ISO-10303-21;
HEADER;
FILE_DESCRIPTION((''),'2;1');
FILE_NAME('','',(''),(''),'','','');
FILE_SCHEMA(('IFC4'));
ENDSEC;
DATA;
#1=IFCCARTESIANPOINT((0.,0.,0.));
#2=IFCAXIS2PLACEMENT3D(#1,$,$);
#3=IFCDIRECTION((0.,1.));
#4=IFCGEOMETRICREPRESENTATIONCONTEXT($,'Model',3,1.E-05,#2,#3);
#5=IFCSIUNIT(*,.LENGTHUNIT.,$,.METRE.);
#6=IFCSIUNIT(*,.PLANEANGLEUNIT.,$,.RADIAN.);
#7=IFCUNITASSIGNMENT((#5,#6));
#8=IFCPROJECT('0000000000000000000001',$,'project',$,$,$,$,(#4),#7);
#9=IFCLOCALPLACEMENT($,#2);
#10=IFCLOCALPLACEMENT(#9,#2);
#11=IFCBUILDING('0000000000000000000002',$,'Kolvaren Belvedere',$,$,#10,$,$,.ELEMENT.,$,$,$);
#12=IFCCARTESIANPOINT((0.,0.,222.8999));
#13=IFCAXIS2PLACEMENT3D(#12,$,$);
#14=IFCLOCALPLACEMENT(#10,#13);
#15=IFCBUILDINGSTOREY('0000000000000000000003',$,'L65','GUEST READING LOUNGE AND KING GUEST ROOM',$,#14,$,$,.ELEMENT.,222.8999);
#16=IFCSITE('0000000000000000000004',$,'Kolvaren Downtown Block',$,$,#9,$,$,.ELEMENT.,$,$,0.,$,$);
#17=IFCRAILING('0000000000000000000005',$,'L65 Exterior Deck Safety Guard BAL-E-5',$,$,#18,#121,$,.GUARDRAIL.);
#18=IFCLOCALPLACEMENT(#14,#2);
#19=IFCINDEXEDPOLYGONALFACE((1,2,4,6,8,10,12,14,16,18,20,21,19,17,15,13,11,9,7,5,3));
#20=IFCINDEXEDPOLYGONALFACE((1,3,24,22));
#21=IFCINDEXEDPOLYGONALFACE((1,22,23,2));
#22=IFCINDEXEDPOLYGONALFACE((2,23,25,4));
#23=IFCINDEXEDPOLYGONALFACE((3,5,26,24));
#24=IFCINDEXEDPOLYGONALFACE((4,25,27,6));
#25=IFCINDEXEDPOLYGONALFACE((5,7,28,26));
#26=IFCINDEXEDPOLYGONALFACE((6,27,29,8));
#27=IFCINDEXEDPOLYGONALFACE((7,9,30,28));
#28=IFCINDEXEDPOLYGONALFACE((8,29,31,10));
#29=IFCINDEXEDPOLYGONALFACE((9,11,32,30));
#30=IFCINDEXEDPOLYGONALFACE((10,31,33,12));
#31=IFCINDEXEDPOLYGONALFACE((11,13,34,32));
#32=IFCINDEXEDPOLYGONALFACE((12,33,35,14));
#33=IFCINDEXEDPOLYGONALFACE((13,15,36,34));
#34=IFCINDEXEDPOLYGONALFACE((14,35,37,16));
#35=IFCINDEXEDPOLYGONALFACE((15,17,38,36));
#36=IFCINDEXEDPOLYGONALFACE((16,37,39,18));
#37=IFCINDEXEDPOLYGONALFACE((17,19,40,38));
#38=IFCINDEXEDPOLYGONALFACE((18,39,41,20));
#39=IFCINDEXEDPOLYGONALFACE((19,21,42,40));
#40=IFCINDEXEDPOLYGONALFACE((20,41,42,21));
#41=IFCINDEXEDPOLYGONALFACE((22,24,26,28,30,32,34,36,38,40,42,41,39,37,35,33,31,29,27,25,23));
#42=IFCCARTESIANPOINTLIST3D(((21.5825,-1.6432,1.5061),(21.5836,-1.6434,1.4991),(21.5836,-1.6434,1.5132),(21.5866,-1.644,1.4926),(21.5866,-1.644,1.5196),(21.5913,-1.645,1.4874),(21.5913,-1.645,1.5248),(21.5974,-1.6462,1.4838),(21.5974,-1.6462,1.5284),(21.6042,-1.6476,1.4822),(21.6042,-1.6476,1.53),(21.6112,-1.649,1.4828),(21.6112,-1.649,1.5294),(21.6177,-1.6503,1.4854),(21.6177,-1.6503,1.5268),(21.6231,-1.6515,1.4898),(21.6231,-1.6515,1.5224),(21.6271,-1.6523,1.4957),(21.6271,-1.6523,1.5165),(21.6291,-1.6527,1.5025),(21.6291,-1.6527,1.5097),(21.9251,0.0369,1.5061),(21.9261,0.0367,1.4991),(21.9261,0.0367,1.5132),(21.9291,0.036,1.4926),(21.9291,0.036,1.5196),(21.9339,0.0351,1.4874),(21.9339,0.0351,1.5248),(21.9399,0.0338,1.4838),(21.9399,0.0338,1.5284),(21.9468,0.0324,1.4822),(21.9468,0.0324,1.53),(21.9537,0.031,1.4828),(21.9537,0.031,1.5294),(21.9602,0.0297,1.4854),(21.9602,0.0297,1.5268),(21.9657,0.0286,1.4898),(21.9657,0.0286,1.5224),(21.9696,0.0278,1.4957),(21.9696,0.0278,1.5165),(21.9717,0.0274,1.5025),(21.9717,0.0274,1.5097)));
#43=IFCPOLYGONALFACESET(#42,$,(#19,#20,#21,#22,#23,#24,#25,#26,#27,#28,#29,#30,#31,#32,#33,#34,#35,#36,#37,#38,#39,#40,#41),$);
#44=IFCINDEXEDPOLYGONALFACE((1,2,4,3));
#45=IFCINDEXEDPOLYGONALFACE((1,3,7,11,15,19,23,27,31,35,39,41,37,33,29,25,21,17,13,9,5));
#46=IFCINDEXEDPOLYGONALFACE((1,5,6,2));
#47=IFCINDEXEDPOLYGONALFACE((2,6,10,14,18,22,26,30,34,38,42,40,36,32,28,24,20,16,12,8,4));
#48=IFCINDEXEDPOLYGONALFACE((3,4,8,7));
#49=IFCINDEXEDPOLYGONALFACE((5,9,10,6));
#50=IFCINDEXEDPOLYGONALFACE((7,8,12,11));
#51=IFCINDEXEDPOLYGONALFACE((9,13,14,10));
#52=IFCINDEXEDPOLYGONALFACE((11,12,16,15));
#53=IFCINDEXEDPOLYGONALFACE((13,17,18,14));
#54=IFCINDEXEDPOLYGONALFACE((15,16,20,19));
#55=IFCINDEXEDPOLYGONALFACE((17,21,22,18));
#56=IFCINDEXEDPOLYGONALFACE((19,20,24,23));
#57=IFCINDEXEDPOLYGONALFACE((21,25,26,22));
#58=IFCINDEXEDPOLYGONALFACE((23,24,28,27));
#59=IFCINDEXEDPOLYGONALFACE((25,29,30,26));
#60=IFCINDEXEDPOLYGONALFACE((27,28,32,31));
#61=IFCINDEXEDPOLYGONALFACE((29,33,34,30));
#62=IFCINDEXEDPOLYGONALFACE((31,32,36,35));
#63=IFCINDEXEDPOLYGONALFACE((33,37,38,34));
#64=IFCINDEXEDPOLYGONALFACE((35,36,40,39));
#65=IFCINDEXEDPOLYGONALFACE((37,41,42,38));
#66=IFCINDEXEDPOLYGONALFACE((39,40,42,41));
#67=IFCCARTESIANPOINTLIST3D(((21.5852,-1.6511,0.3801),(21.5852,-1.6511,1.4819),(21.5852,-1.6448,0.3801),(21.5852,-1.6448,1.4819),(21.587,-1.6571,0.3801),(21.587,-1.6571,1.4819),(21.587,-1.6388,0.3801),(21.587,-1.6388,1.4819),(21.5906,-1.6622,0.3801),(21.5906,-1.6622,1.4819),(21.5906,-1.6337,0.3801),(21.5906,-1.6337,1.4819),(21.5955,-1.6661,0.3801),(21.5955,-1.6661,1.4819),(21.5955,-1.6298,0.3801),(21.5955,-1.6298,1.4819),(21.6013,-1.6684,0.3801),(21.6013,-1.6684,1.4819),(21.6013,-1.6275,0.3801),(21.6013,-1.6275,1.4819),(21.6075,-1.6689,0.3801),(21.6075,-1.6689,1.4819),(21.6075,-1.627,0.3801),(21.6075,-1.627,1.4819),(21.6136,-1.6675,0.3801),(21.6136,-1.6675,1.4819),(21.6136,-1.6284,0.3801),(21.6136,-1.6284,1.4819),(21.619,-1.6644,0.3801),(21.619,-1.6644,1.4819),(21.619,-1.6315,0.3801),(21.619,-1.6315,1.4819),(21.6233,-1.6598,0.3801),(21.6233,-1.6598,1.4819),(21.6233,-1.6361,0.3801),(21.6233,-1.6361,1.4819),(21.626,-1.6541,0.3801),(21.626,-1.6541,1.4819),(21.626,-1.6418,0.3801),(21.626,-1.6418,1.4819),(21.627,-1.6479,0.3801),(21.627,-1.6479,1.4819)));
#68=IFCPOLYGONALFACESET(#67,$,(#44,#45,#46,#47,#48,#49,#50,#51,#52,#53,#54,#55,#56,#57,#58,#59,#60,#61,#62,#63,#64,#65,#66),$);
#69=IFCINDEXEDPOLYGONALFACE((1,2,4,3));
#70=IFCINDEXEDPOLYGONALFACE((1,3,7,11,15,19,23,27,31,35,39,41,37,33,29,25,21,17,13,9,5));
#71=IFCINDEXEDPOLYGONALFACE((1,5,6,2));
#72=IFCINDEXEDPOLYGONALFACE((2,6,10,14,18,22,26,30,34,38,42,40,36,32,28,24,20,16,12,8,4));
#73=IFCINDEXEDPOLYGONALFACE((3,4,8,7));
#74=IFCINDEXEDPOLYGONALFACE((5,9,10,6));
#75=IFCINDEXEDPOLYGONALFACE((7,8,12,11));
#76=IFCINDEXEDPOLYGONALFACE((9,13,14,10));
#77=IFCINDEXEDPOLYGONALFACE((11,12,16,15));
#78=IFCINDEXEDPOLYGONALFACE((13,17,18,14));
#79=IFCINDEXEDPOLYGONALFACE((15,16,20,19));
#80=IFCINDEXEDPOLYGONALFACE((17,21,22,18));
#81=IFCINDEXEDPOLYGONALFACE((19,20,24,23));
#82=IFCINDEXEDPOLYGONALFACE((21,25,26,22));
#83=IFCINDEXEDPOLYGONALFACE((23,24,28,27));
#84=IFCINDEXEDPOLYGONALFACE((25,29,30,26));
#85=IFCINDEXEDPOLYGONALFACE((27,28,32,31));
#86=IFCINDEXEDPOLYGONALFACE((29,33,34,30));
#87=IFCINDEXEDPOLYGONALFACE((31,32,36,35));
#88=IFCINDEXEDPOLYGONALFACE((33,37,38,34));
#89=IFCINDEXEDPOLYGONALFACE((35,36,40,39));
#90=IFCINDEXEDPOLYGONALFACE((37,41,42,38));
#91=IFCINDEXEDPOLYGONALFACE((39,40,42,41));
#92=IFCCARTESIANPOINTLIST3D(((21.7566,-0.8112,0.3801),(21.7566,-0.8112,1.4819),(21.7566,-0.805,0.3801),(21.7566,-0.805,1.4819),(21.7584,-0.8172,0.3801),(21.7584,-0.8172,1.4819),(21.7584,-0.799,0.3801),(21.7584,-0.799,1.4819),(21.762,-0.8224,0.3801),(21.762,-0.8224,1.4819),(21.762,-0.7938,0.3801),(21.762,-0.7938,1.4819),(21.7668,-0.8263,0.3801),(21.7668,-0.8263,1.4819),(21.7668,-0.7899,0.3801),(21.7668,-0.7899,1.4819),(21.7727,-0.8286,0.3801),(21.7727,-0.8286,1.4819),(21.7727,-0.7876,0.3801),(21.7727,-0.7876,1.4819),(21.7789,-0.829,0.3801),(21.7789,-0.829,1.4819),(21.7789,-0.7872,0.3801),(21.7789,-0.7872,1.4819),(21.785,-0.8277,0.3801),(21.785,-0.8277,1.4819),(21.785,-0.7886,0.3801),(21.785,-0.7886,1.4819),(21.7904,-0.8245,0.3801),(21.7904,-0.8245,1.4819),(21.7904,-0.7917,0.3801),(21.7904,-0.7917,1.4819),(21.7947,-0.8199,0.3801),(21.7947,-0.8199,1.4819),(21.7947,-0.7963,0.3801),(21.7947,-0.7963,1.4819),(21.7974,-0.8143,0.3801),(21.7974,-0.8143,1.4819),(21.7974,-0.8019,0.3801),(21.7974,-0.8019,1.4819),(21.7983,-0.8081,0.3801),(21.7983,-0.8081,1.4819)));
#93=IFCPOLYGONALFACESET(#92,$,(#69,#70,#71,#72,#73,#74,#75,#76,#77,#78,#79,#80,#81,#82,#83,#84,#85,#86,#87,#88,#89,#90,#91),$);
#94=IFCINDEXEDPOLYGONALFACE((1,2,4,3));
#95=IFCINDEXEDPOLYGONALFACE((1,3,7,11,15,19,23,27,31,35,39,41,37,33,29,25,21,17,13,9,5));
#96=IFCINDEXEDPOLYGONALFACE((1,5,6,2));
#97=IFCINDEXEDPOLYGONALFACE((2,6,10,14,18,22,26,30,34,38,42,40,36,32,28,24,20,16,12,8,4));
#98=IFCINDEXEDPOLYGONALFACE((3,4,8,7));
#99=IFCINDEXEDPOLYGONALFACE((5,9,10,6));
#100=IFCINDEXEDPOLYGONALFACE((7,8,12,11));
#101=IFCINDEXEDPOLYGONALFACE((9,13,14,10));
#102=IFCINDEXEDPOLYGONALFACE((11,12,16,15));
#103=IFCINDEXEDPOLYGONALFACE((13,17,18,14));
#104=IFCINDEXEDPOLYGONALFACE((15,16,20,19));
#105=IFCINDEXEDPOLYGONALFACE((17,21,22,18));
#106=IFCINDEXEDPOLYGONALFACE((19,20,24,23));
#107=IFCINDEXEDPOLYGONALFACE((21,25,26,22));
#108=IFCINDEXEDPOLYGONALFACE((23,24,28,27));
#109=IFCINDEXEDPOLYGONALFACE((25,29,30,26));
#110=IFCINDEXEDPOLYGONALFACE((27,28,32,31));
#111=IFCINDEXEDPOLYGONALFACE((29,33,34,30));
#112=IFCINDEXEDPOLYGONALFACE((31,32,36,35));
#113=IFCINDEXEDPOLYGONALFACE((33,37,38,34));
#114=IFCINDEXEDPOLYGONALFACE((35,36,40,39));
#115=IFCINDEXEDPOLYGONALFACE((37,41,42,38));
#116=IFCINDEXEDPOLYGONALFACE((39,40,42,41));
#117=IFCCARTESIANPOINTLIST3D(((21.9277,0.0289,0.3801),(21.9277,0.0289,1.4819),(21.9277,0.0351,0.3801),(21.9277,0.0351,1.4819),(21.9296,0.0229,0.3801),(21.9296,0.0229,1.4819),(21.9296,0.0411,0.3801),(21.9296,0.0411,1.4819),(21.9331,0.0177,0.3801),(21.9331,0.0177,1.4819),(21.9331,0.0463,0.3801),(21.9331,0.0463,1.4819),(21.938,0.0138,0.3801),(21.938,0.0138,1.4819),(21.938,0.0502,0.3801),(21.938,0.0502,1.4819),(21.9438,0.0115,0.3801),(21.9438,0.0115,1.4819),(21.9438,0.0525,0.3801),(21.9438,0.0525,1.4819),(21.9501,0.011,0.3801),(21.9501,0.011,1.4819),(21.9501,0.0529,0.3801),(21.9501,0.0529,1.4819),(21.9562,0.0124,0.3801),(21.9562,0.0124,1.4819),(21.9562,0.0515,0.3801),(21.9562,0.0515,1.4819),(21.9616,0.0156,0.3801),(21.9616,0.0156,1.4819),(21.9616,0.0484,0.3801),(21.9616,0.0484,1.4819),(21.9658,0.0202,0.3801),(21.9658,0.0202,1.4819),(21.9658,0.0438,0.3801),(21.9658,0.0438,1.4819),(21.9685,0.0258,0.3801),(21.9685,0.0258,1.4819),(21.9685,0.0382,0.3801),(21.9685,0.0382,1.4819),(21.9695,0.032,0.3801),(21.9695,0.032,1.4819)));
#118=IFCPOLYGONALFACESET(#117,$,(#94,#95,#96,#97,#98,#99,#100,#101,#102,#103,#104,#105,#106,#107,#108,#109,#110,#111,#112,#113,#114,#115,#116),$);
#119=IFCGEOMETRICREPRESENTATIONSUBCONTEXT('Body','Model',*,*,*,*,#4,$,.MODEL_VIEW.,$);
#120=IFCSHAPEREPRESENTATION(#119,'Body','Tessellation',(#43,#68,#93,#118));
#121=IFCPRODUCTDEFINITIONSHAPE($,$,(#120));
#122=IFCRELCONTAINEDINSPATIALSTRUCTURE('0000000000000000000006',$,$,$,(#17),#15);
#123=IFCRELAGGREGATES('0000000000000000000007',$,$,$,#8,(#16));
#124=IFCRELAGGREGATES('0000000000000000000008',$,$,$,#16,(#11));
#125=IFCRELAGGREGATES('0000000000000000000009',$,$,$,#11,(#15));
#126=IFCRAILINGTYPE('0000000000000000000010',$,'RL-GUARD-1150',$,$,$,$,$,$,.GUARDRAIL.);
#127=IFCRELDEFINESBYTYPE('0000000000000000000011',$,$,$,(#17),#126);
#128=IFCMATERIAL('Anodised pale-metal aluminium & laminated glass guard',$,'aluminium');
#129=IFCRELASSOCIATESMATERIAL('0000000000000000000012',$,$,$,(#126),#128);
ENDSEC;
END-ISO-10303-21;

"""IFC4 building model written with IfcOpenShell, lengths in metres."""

from ifc_helpers import new_model, si_unit, direction, frame, origin, origin_2d, place, context, subcontext, project, spatial, circle, extrude, material, type_object, element, save


model = new_model("IFC4")

# Units and contexts
model_context = context("Model", 3, precision=1e-05, world=origin(), true_north=direction((0.0, 1.0)))
body_context = subcontext(model_context, "Body", "Model", "MODEL_VIEW")
ifc_project = project(units=[si_unit("LENGTHUNIT", "METRE"), si_unit("PLANEANGLEUNIT", "RADIAN")], contexts=[model_context])

# Site, building, storey
site_placement = place(None, origin())
site = spatial("IfcSite", under=ifc_project, at=site_placement, Name="Kolvaren Downtown Block", CompositionType="ELEMENT", RefElevation=0.0)
building_placement = place(site_placement, origin())
building = spatial("IfcBuilding", under=site, at=building_placement, Name="Kolvaren Belvedere", CompositionType="ELEMENT")
storey_placement = place(building_placement, frame((0.0, 0.0, 222.8999)))
storey = spatial("IfcBuildingStorey", under=building, at=storey_placement, Name="L65", Description="GUEST READING LOUNGE AND KING GUEST ROOM", CompositionType="ELEMENT", Elevation=222.8999)

# Railing
ifc_material_1 = material(Name="Anodised pale-metal aluminium & laminated glass guard", Category="aluminium")
railing_type = type_object("IfcRailingType", Name="RL-GUARD-1150", PredefinedType="GUARDRAIL", material=ifc_material_1)
railing_1_placement = place(storey_placement, frame((21.606, -1.6479, 0.3801)))
element("IfcRailing", 1, at=railing_1_placement, inside=storey, type_object=railing_type, Name="L65 Exterior Deck Safety Guard BAL-E-5", PredefinedType="GUARDRAIL", context=body_context, shape_type="SweptSolid", body=[
    extrude(circle(Radius=0.0239, at=origin_2d()), frame((0.0, 0.0, 1.126), z_axis=(0.199784, 0.97984, 0.0), x_axis=(-0.97984, 0.199784, 0.0)), (0.0, 0.0, 1.0), 1.7146),
    extrude(circle(Radius=0.021, at=origin_2d()), origin(), (0.0, 0.0, 1.0), 1.1018),
    extrude(circle(Radius=0.021, at=origin_2d()), frame((0.1714, 0.8398, 0.0)), (0.0, 0.0, 1.0), 1.1018),
    extrude(circle(Radius=0.021, at=origin_2d()), frame((0.3425, 1.6799, 0.0)), (0.0, 0.0, 1.0), 1.1018),
])

save(model, "model.ifc")
